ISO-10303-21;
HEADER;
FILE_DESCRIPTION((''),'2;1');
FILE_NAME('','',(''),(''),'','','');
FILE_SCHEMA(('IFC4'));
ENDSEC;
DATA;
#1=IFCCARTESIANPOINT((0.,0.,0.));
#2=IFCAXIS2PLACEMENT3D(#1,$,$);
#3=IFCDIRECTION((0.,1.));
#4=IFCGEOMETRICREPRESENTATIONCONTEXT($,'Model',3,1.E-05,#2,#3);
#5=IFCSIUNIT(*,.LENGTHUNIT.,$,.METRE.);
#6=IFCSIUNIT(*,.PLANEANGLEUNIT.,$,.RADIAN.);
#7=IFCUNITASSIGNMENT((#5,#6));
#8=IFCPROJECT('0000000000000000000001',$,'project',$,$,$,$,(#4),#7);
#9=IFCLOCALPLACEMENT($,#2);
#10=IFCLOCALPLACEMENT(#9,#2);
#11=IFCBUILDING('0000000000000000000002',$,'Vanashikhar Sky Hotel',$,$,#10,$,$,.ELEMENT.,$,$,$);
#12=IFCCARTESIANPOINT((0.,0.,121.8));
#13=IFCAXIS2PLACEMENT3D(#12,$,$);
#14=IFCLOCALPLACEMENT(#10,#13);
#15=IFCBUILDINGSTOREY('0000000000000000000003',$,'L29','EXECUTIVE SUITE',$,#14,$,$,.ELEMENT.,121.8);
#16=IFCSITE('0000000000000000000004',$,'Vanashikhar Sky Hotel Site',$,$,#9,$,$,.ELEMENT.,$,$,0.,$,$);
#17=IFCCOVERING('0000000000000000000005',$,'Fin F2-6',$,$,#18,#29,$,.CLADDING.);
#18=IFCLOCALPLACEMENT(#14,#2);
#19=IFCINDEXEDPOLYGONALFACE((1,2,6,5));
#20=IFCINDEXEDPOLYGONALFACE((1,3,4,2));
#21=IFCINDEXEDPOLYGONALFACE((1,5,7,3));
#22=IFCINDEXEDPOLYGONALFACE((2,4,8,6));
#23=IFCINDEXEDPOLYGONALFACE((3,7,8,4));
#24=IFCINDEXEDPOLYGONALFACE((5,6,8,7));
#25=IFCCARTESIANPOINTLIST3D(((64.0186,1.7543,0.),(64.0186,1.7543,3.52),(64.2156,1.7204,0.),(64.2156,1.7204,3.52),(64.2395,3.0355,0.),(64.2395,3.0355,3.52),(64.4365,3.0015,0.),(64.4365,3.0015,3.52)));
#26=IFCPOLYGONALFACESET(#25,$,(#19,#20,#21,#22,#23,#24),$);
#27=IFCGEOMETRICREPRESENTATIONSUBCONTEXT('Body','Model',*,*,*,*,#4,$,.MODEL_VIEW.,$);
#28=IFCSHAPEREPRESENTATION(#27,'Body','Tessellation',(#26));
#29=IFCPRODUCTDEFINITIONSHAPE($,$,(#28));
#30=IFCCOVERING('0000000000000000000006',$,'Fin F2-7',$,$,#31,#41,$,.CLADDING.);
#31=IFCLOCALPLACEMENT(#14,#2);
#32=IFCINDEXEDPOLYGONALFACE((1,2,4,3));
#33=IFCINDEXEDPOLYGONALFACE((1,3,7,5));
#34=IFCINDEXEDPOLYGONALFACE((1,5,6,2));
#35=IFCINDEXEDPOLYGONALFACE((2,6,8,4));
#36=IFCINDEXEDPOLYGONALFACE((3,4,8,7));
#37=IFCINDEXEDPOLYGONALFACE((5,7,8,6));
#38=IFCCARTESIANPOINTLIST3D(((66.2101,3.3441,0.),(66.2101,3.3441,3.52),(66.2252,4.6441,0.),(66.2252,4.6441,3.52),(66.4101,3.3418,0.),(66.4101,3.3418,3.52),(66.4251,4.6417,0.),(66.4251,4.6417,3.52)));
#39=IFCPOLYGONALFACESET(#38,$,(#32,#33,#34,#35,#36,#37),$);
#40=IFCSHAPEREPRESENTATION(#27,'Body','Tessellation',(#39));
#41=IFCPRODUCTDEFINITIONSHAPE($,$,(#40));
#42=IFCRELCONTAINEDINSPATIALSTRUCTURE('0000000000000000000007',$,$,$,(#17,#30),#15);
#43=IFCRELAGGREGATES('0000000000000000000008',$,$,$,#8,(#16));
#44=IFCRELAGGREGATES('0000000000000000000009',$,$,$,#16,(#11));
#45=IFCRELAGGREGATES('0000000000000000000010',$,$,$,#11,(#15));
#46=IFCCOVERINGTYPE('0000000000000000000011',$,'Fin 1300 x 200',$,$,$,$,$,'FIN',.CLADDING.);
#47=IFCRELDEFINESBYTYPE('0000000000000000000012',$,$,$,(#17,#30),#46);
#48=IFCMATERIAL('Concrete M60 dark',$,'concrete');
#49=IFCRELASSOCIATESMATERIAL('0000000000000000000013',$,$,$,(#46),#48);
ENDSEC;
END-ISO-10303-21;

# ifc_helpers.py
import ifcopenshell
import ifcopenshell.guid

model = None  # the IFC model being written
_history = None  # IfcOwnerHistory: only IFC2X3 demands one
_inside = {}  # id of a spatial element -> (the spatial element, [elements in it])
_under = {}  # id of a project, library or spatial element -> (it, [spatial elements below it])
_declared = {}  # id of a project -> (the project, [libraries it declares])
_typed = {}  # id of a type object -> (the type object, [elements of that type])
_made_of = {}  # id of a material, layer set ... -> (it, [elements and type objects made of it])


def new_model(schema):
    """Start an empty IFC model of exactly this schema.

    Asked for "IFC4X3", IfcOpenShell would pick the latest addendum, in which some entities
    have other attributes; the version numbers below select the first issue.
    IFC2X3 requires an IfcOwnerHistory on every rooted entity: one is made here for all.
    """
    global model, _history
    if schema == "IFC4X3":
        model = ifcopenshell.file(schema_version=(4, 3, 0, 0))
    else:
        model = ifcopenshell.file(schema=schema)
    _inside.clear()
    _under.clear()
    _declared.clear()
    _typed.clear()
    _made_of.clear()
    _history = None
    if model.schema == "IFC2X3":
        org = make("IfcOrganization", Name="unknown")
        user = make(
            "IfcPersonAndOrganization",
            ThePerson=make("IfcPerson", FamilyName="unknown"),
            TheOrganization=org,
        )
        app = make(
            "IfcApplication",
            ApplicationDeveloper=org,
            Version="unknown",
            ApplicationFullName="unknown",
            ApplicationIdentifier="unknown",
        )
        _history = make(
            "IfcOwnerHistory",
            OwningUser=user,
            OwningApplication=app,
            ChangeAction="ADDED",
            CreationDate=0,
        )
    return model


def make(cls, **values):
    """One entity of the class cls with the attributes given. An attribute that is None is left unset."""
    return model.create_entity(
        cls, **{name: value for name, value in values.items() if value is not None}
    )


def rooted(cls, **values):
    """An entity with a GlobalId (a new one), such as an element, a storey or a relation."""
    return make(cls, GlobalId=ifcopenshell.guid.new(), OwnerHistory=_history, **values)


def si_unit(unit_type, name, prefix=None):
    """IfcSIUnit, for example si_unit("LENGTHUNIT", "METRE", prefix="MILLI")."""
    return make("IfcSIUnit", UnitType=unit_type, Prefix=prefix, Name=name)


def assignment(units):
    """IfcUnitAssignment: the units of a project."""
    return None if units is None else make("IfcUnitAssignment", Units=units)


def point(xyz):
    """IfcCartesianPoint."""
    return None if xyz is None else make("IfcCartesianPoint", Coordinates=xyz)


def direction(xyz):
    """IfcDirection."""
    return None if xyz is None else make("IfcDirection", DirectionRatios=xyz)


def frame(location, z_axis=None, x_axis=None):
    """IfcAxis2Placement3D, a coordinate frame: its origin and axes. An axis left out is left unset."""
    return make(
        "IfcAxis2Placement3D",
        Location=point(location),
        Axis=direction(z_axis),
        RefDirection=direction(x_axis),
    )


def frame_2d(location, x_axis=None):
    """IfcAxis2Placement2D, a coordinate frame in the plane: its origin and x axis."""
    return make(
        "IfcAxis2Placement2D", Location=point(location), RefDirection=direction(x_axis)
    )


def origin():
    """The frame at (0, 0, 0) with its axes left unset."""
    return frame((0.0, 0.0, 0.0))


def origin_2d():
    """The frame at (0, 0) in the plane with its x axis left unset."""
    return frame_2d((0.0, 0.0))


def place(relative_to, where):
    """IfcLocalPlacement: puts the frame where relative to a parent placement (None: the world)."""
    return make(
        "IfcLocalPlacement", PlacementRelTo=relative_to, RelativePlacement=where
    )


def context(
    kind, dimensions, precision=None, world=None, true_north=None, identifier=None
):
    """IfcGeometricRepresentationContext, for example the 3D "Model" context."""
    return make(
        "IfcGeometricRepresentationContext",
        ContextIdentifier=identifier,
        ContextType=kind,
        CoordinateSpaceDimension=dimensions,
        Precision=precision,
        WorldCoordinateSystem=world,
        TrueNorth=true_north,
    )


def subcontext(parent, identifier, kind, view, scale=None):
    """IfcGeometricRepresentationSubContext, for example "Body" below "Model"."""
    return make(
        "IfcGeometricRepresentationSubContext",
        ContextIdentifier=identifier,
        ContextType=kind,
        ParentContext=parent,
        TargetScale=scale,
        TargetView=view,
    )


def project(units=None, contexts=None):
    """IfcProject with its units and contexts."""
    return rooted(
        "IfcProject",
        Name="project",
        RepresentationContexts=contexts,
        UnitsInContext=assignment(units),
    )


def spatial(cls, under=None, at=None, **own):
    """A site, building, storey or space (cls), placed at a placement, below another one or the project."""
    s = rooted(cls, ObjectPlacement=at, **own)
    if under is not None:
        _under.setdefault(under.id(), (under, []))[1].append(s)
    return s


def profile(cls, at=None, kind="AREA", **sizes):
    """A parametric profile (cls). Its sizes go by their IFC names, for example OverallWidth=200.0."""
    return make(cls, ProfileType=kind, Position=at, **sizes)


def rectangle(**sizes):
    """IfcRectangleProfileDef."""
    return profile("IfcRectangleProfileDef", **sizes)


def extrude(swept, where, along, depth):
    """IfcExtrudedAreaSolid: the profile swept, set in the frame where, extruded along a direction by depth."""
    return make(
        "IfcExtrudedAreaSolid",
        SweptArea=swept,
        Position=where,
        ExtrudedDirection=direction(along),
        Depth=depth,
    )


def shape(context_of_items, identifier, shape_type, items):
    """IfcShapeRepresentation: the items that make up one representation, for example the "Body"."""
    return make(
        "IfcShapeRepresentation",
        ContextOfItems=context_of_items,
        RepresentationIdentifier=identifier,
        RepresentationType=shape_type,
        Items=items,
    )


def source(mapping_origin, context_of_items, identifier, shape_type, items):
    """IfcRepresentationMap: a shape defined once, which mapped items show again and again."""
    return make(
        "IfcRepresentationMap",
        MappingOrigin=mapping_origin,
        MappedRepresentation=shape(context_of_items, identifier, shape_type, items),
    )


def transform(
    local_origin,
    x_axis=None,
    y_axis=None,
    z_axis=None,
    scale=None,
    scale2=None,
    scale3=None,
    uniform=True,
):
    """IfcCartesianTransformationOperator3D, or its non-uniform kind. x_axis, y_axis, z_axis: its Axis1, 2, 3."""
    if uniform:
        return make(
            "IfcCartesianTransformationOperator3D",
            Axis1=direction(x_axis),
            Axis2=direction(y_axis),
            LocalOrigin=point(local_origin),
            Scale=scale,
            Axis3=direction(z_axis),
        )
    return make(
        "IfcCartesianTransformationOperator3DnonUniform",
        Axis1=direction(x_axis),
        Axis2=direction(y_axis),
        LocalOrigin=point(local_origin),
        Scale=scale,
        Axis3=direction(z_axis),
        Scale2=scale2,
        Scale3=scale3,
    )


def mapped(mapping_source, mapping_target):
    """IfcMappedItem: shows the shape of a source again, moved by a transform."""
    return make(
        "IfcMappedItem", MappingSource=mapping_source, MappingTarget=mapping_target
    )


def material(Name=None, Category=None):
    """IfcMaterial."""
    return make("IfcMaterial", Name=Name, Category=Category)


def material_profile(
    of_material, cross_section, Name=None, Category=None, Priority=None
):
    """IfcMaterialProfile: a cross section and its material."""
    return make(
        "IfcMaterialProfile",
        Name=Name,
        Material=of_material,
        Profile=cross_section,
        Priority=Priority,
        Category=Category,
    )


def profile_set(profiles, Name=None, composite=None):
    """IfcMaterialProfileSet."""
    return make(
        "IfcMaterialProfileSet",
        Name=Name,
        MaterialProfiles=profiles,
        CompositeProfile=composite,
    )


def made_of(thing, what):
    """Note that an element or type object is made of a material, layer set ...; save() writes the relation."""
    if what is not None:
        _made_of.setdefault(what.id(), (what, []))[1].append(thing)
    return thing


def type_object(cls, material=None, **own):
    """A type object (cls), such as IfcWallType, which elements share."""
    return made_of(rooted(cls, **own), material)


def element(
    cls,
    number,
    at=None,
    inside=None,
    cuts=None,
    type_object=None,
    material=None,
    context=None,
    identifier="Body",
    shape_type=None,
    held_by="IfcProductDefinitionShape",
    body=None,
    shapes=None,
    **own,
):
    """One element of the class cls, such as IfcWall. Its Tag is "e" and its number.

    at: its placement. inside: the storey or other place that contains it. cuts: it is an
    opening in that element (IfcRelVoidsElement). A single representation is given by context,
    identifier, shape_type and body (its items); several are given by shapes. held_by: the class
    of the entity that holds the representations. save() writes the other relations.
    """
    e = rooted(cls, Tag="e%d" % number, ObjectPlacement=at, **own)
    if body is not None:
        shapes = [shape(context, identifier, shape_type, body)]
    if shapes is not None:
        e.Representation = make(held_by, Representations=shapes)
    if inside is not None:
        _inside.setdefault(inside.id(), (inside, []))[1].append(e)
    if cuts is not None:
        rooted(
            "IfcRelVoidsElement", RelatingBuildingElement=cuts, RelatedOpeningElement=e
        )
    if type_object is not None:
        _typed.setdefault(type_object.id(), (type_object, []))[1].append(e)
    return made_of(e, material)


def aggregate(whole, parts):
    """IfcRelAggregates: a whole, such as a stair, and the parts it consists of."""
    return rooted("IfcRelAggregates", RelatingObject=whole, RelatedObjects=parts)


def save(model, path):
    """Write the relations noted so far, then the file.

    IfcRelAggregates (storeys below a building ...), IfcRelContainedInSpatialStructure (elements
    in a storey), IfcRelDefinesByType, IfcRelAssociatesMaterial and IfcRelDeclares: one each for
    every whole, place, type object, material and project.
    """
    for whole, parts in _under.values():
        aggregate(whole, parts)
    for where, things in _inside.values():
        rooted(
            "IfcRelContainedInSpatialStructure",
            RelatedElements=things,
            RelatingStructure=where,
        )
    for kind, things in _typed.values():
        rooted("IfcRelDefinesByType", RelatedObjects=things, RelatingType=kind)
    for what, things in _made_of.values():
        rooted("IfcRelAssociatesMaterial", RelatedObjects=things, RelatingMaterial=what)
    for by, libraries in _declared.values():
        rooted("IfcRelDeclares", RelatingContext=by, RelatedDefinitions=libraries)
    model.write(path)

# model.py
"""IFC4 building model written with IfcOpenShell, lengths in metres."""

from ifc_helpers import new_model, si_unit, direction, frame, origin, origin_2d, place, context, subcontext, project, spatial, rectangle, extrude, source, transform, mapped, material, material_profile, profile_set, type_object, element, save


model = new_model("IFC4")

# Units and contexts
model_context = context("Model", 3, precision=1e-05, world=origin(), true_north=direction((0.0, 1.0)))
body_context = subcontext(model_context, "Body", "Model", "MODEL_VIEW")
ifc_project = project(units=[si_unit("LENGTHUNIT", "METRE"), si_unit("PLANEANGLEUNIT", "RADIAN")], contexts=[model_context])

# Site, building, storey
site_placement = place(None, origin())
site = spatial("IfcSite", under=ifc_project, at=site_placement, Name="Vanashikhar Sky Hotel Site", CompositionType="ELEMENT", RefElevation=0.0)
building_placement = place(site_placement, origin())
building = spatial("IfcBuilding", under=site, at=building_placement, Name="Vanashikhar Sky Hotel", CompositionType="ELEMENT")
storey_placement = place(building_placement, frame((0.0, 0.0, 121.8)))
storey = spatial("IfcBuildingStorey", under=building, at=storey_placement, Name="L29", Description="EXECUTIVE SUITE", CompositionType="ELEMENT", Elevation=121.8)

# Coverings
ifc_material_1 = material(Name="Concrete M60 dark", Category="concrete")
ifc_material_profile_1 = material_profile(ifc_material_1, rectangle(XDim=1.3, YDim=0.2, at=origin_2d()))
ifc_profile_set_1 = profile_set([ifc_material_profile_1], Name="Fin 1300 x 200")
covering_type_1 = type_object("IfcCoveringType", Name="Fin 1300 x 200", ElementType="FIN", PredefinedType="CLADDING", material=ifc_profile_set_1)
shared_shape_1 = source(origin(), body_context, "Body", "SweptSolid", [
    extrude(rectangle(XDim=1.3, YDim=0.2, at=origin_2d()), origin(), (0.0, 0.0, 1.0), 3.52),
])
for number, where, z_axis, x_axis, name in (
    (1, (64.2275, 2.3779, 0.0), (0.0, 0.0, 1.0), (-0.1699, -0.985461, 0.0), "Fin F2-6"),
    (2, (66.3176, 3.9929, 0.0), (0.0, 0.0, 1.0), (-0.011589, -0.999933, 0.0), "Fin F2-7"),
):
    element("IfcCovering", number, at=place(storey_placement, frame(where, z_axis=z_axis, x_axis=x_axis)), inside=storey, type_object=covering_type_1, Name=name, PredefinedType="CLADDING", context=body_context, shape_type="MappedRepresentation", body=[
        mapped(shared_shape_1, transform((0.0, 0.0, 0.0), scale=1.0)),
    ])

save(model, "model.ifc")
